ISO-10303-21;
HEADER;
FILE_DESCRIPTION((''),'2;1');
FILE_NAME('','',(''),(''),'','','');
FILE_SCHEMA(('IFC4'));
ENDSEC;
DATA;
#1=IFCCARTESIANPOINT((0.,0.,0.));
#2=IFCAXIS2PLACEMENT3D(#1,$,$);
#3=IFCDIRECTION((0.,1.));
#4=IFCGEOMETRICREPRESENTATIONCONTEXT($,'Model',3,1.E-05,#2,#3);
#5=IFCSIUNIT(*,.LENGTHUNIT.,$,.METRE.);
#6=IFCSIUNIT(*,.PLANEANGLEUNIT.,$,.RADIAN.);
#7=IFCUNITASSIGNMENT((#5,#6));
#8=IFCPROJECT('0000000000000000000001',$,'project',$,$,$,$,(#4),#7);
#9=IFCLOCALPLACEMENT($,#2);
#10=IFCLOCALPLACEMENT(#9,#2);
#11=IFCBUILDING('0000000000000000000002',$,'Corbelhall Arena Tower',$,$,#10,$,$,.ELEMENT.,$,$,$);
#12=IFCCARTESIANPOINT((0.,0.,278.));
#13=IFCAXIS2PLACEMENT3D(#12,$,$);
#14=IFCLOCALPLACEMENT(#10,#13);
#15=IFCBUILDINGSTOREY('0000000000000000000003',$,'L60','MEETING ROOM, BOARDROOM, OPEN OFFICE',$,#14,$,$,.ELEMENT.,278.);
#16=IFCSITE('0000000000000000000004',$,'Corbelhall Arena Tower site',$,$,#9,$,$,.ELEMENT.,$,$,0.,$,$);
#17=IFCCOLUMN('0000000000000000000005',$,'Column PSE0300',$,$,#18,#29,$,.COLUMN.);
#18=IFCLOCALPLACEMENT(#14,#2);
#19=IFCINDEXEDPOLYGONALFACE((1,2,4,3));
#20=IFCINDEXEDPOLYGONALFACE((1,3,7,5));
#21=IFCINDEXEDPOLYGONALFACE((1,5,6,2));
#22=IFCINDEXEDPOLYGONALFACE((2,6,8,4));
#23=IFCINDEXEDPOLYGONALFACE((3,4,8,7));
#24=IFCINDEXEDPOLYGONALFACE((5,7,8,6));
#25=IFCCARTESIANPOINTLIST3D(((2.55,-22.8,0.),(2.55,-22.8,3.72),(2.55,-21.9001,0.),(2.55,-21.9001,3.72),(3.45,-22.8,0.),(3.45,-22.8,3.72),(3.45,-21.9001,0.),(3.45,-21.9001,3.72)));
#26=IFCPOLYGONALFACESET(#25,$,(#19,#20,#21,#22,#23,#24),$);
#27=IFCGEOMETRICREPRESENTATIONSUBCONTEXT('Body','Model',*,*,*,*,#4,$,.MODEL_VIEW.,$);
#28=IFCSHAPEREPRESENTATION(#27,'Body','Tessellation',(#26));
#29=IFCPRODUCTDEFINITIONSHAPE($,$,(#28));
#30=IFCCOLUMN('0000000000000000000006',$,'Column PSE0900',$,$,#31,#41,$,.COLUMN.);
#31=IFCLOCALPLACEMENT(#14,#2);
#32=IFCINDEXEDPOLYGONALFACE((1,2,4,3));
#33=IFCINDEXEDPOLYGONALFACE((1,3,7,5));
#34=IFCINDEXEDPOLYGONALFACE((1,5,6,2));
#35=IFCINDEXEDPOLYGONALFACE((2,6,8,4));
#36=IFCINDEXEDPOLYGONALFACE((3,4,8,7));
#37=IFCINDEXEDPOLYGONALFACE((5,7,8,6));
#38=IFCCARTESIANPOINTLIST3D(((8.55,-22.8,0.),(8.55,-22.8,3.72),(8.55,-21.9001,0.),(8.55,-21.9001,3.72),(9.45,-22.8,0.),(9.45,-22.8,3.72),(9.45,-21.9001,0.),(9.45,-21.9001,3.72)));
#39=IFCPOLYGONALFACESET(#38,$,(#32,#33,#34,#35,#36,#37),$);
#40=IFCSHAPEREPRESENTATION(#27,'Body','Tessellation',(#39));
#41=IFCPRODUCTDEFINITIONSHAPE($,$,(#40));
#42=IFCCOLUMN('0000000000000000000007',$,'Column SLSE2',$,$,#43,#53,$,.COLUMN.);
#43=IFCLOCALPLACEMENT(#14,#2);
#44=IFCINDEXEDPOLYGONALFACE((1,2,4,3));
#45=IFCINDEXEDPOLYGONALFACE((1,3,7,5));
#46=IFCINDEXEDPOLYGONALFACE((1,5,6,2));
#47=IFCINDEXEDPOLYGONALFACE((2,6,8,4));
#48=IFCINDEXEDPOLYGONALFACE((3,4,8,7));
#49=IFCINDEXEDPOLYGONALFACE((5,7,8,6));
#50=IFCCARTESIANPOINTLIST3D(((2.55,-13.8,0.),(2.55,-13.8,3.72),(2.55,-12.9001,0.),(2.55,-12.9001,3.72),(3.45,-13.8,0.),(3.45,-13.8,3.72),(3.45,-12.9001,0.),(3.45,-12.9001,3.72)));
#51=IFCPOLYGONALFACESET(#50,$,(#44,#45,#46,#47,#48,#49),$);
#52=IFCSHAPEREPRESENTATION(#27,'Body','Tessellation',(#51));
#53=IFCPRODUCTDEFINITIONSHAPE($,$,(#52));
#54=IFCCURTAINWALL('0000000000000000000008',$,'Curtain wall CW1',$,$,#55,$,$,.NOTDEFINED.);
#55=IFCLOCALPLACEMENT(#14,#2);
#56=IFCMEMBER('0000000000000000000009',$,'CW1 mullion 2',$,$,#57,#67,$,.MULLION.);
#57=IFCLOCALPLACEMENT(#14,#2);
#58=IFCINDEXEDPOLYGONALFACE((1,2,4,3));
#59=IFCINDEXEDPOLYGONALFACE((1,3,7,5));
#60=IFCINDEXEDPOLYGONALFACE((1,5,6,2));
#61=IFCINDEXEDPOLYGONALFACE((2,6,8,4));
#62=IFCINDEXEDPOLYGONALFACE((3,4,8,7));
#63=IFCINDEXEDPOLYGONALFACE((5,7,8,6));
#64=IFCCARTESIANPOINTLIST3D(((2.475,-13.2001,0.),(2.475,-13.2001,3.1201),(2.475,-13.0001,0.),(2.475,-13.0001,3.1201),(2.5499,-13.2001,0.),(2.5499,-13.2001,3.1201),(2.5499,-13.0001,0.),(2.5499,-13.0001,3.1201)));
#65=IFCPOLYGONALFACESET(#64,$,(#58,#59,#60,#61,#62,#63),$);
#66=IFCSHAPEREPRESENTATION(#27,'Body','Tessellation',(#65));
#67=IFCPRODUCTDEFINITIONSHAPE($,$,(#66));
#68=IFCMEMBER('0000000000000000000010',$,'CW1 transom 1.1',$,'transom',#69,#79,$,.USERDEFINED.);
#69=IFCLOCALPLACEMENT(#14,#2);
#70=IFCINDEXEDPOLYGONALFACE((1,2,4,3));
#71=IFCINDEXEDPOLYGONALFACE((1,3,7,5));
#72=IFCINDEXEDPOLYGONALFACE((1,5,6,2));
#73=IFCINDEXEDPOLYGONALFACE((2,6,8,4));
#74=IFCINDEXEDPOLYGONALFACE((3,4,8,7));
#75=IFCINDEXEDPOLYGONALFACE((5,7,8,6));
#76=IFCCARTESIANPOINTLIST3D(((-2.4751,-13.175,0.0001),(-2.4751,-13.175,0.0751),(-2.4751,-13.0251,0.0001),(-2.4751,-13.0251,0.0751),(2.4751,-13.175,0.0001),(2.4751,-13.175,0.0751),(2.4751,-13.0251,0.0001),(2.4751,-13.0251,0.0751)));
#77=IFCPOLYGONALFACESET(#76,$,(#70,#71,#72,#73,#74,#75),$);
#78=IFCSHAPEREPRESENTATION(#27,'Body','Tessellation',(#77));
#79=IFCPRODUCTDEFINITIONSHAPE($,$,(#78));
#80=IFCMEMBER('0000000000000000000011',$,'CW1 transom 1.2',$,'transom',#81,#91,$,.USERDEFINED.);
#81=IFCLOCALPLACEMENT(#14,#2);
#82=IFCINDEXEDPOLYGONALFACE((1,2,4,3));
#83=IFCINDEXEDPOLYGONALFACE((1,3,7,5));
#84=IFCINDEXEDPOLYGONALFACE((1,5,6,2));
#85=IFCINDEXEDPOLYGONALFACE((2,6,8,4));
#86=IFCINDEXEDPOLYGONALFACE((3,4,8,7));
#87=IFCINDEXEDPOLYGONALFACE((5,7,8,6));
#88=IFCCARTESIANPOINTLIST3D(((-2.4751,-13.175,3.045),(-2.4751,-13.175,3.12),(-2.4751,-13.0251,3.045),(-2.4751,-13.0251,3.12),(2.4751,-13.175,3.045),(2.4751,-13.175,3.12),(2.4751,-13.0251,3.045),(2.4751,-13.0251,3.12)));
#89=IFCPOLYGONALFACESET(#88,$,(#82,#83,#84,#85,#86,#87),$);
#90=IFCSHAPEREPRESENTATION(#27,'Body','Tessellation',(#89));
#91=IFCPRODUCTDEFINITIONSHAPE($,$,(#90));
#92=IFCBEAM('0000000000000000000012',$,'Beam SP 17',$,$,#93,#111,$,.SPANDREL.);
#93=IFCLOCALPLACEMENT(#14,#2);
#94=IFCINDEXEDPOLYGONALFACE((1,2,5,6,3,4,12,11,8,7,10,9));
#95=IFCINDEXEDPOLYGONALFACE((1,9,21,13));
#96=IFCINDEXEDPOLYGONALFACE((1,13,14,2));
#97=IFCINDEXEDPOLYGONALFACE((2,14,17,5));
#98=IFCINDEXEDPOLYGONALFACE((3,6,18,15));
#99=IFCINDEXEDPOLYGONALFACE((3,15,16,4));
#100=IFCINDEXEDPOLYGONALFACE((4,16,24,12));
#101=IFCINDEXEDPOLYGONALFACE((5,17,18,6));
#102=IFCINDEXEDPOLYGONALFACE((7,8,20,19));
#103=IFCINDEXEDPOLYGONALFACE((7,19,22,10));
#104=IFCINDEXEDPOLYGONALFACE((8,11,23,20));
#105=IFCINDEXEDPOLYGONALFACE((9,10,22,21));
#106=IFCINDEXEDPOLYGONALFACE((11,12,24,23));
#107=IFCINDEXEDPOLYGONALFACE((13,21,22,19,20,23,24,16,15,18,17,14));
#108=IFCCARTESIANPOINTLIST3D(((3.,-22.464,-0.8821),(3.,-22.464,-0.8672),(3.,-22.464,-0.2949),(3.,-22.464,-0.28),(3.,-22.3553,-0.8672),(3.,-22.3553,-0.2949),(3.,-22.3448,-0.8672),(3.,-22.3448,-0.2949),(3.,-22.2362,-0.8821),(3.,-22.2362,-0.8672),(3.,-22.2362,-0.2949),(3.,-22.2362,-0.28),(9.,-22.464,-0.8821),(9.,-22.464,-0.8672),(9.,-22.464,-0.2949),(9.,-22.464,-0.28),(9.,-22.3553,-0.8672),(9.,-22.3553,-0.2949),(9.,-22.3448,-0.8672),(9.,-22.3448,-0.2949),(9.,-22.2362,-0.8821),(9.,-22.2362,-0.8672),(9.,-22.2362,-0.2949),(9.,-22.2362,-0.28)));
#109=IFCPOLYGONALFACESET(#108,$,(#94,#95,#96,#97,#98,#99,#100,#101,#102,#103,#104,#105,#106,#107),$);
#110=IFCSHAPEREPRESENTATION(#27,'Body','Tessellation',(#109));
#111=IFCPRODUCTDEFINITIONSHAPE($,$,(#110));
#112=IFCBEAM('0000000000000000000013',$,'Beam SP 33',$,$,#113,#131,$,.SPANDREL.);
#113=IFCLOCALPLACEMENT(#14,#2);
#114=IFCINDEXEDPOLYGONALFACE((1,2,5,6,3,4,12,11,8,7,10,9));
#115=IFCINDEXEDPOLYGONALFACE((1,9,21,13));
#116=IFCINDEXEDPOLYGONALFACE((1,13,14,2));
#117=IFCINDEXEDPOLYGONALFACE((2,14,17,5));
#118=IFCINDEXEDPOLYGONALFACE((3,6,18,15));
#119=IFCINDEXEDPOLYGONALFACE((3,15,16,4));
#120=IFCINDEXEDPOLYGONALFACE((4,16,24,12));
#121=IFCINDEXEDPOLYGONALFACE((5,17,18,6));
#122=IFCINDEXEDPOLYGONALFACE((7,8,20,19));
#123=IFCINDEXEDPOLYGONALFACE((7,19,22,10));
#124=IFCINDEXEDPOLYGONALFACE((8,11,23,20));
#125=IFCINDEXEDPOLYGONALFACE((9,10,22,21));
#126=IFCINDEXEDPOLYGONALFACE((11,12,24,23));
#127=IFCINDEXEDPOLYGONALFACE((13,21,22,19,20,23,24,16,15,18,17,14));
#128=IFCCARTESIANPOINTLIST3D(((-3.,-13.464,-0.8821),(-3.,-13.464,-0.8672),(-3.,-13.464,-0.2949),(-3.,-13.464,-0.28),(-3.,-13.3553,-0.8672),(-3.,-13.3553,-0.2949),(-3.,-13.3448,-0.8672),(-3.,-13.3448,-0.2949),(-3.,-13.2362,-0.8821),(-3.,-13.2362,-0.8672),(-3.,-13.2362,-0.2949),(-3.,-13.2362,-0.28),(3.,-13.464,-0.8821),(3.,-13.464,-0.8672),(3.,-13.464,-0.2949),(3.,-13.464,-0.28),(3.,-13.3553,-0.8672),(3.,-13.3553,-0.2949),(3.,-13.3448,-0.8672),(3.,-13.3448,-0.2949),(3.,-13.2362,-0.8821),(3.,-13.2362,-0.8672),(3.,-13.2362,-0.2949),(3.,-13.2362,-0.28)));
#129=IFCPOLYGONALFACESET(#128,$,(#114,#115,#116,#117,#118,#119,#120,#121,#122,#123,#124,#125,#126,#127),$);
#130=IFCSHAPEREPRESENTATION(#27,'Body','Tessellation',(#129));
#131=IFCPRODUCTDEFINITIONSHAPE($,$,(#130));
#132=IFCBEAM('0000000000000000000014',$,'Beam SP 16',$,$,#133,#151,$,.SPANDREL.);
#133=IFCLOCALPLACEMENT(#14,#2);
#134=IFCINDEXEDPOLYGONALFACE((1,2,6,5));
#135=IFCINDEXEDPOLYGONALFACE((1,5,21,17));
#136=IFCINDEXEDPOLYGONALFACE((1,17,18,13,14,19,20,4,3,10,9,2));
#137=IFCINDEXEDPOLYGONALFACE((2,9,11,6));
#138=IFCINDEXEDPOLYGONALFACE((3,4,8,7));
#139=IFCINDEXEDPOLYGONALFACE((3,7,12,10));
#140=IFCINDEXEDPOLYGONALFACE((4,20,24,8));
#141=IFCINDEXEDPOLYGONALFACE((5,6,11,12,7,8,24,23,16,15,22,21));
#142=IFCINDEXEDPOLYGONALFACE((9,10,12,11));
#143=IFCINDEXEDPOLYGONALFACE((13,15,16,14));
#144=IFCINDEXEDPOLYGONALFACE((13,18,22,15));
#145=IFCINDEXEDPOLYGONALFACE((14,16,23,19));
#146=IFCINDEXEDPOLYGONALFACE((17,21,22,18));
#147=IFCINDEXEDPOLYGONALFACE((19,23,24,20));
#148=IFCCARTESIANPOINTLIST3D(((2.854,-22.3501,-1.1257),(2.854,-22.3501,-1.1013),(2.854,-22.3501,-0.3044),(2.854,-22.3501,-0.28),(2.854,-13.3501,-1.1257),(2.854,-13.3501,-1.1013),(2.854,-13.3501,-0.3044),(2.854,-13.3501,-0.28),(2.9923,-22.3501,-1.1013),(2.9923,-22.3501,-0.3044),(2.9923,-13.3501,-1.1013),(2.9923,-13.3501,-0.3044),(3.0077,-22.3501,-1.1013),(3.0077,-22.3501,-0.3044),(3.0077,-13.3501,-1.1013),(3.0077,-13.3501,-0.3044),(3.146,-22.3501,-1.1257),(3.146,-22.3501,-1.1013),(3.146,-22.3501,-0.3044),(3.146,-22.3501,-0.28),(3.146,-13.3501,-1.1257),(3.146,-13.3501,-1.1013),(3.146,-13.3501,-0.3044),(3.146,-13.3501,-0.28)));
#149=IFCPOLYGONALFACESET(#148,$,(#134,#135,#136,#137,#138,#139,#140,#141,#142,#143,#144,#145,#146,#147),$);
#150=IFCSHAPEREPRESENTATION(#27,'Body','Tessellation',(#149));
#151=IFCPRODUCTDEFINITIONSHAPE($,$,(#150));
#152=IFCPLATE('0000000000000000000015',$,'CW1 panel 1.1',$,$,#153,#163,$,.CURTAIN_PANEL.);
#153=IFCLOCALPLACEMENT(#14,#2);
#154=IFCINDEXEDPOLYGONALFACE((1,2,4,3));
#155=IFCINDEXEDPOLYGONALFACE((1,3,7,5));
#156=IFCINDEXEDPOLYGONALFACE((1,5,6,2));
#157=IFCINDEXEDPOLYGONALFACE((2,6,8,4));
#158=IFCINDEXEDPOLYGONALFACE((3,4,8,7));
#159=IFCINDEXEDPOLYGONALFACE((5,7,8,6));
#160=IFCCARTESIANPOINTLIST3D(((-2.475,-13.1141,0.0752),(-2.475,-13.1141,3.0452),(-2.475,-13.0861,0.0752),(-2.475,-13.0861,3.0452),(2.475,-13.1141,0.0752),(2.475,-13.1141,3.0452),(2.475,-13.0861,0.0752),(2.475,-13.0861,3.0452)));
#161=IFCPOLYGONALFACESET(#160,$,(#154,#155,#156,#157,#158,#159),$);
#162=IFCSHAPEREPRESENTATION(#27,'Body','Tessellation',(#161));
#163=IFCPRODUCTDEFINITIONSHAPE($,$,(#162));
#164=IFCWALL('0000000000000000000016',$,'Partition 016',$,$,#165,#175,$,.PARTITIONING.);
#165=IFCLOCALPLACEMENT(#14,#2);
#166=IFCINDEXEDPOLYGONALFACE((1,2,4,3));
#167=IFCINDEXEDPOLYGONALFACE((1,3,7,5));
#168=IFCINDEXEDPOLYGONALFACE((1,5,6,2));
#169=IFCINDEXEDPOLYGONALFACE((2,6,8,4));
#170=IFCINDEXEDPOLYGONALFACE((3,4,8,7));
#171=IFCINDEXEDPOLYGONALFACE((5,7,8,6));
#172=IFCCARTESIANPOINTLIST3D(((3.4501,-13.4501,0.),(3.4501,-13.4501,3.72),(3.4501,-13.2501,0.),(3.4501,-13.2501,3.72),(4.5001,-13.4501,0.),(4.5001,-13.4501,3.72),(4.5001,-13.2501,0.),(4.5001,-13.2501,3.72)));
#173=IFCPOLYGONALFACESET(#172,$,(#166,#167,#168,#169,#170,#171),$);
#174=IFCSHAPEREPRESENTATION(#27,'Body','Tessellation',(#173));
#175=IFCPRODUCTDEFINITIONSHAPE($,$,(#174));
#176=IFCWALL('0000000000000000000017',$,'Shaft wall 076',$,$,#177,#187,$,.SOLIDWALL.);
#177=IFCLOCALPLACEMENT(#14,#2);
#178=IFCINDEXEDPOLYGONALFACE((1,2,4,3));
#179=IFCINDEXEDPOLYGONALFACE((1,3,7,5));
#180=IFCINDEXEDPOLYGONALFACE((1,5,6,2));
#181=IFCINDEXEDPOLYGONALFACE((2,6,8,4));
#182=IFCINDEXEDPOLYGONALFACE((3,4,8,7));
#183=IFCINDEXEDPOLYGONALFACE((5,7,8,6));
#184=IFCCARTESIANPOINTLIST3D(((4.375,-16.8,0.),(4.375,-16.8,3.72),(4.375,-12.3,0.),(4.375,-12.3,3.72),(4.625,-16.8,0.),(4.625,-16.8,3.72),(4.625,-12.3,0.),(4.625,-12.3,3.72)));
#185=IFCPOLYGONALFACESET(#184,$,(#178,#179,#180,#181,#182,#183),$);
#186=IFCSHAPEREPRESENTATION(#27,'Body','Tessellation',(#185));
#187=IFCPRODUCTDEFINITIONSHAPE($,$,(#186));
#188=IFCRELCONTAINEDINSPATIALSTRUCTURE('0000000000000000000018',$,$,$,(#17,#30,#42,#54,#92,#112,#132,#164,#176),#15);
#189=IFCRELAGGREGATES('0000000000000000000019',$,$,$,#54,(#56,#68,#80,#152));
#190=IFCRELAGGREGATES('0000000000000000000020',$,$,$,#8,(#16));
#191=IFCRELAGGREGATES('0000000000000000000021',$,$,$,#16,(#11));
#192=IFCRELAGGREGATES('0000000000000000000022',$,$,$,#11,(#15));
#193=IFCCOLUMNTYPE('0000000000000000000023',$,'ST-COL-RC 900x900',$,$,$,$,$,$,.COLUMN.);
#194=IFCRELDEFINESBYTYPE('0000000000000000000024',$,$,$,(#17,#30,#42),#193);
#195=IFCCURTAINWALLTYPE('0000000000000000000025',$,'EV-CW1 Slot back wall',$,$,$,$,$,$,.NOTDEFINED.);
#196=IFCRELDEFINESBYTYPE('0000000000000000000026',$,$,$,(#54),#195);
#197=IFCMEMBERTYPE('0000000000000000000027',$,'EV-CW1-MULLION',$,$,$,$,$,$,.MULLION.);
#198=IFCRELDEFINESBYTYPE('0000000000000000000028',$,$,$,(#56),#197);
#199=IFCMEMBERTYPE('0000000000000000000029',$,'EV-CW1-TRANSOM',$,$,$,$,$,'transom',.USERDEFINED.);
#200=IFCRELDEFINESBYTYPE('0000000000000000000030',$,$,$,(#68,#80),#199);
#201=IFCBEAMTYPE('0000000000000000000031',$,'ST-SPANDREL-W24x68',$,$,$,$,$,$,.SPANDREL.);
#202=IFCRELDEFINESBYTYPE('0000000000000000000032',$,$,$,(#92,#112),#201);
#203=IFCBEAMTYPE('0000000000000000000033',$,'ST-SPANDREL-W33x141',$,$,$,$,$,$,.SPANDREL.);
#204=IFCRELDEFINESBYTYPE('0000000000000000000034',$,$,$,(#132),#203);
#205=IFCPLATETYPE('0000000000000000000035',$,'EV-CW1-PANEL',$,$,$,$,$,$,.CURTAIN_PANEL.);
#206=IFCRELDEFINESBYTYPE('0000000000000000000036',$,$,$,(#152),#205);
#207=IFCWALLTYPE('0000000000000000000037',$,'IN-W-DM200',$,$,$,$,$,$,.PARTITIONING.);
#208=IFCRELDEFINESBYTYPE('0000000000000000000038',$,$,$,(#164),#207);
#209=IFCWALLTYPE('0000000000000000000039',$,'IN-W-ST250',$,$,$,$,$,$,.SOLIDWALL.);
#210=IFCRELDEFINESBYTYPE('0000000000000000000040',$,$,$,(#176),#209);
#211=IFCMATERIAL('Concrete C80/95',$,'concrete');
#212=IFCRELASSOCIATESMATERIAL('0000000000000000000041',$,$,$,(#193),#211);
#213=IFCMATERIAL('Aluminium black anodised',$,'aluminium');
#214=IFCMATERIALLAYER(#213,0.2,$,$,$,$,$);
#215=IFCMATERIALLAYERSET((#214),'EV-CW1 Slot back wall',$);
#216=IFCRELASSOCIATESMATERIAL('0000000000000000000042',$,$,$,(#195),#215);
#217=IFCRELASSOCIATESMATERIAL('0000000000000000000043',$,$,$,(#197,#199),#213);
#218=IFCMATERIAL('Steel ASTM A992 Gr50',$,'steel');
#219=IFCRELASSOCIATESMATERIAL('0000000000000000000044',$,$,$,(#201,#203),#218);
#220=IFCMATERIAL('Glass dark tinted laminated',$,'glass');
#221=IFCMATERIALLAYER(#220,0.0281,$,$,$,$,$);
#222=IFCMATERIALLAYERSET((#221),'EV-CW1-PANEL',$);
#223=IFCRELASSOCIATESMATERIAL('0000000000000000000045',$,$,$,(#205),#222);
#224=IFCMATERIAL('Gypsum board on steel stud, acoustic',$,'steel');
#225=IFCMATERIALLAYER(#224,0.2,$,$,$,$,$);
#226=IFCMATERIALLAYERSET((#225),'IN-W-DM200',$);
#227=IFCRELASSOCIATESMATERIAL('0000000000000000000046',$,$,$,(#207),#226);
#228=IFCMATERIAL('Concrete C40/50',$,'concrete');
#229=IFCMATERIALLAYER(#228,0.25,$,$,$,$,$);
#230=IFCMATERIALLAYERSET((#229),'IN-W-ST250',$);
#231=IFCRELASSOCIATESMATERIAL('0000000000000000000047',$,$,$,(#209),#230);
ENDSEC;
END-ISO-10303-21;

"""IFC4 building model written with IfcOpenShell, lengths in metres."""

from ifc_helpers import new_model, si_unit, direction, frame, frame_2d, origin, origin_2d, place, context, subcontext, project, spatial, rectangle, i_section, extrude, material, layer, layer_set, material_profile, profile_set, type_object, element, aggregate, save


model = new_model("IFC4")

# Units and contexts
model_context = context("Model", 3, precision=1e-05, world=origin(), true_north=direction((0.0, 1.0)))
body_context = subcontext(model_context, "Body", "Model", "MODEL_VIEW")
ifc_project = project(units=[si_unit("LENGTHUNIT", "METRE"), si_unit("PLANEANGLEUNIT", "RADIAN")], contexts=[model_context])

# Site, building, storey
site_placement = place(None, origin())
site = spatial("IfcSite", under=ifc_project, at=site_placement, Name="Corbelhall Arena Tower site", CompositionType="ELEMENT", RefElevation=0.0)
building_placement = place(site_placement, origin())
building = spatial("IfcBuilding", under=site, at=building_placement, Name="Corbelhall Arena Tower", CompositionType="ELEMENT")
storey_placement = place(building_placement, frame((0.0, 0.0, 278.0)))
storey = spatial("IfcBuildingStorey", under=building, at=storey_placement, Name="L60", Description="MEETING ROOM, BOARDROOM, OPEN OFFICE", CompositionType="ELEMENT", Elevation=278.0)

# Columns
ifc_material_1 = material(Name="Concrete C80/95", Category="concrete")
ifc_material_profile_1 = material_profile(ifc_material_1, rectangle(XDim=0.8999, YDim=0.8999, at=origin_2d()))
ifc_profile_set_1 = profile_set([ifc_material_profile_1], Name="Concrete C80/95")
column_type = type_object("IfcColumnType", Name="ST-COL-RC 900x900", PredefinedType="COLUMN", material=ifc_profile_set_1)
for number, where, z_axis, x_axis, name in (
    (1, (3.0, -22.3501, 0.0), (0.0, 0.0, 1.0), (1.0, 0.0, 0.0), "Column PSE0300"),
    (2, (9.0, -22.3501, 0.0), (0.0, 0.0, 1.0), (1.0, 0.0, 0.0), "Column PSE0900"),
    (3, (3.0, -13.3501, 0.0), (0.0, 0.0, 1.0), (1.0, 0.0, 0.0), "Column SLSE2"),
):
    element("IfcColumn", number, at=place(storey_placement, frame(where, z_axis=z_axis, x_axis=x_axis)), inside=storey, type_object=column_type, Name=name, PredefinedType="COLUMN", context=body_context, shape_type="SweptSolid", body=[
        extrude(rectangle(XDim=0.8999, YDim=0.8999, at=origin_2d()), origin(), (0.0, 0.0, 1.0), 3.72),
    ])

# Curtain wall, members
ifc_material_2 = material(Name="Aluminium black anodised", Category="aluminium")
ifc_layer_1 = layer(ifc_material_2, 0.2)
ifc_layer_set_1 = layer_set([ifc_layer_1], Name="EV-CW1 Slot back wall")
curtain_wall_type = type_object("IfcCurtainWallType", Name="EV-CW1 Slot back wall", PredefinedType="NOTDEFINED", material=ifc_layer_set_1)
curtain_wall_placement = place(storey_placement, origin())
curtain_wall = element("IfcCurtainWall", 4, at=curtain_wall_placement, inside=storey, type_object=curtain_wall_type, Name="Curtain wall CW1", PredefinedType="NOTDEFINED")
ifc_material_profile_2 = material_profile(ifc_material_2, rectangle(XDim=0.2, YDim=0.075, at=origin_2d()))
ifc_profile_set_2 = profile_set([ifc_material_profile_2], Name="Aluminium black anodised")
member_type_1 = type_object("IfcMemberType", Name="EV-CW1-MULLION", PredefinedType="MULLION", material=ifc_profile_set_2)
member_1_placement = place(storey_placement, frame((2.5125, -13.1001, 0.0), z_axis=(0.0, 0.0, 1.0), x_axis=(0.0, 1.0, 0.0)))
member_1 = element("IfcMember", 5, at=member_1_placement, type_object=member_type_1, Name="CW1 mullion 2", PredefinedType="MULLION", context=body_context, shape_type="SweptSolid", body=[
    extrude(rectangle(XDim=0.2, YDim=0.075, at=origin_2d()), origin(), (0.0, 0.0, 1.0), 3.1201),
])
ifc_material_profile_3 = material_profile(ifc_material_2, rectangle(XDim=0.1499, YDim=0.075, at=origin_2d()))
ifc_profile_set_3 = profile_set([ifc_material_profile_3], Name="Aluminium black anodised")
member_type_2 = type_object("IfcMemberType", Name="EV-CW1-TRANSOM", ElementType="transom", PredefinedType="USERDEFINED", material=ifc_profile_set_3)
member_2_placement = place(storey_placement, frame((-2.4751, -13.1001, 0.0376), z_axis=(1.0, 0.0, 0.0), x_axis=(0.0, 1.0, 0.0)))
member_2 = element("IfcMember", 6, at=member_2_placement, type_object=member_type_2, Name="CW1 transom 1.1", ObjectType="transom", PredefinedType="USERDEFINED", context=body_context, shape_type="SweptSolid", body=[
    extrude(rectangle(XDim=0.1499, YDim=0.075, at=origin_2d()), origin(), (0.0, 0.0, 1.0), 4.9502),
])
member_3_placement = place(storey_placement, frame((-2.4751, -13.1001, 3.0825), z_axis=(1.0, 0.0, 0.0), x_axis=(0.0, 1.0, 0.0)))
member_3 = element("IfcMember", 7, at=member_3_placement, type_object=member_type_2, Name="CW1 transom 1.2", ObjectType="transom", PredefinedType="USERDEFINED", context=body_context, shape_type="SweptSolid", body=[
    extrude(rectangle(XDim=0.1499, YDim=0.075, at=origin_2d()), origin(), (0.0, 0.0, 1.0), 4.9502),
])

# Beams
ifc_material_3 = material(Name="Steel ASTM A992 Gr50", Category="steel")
ifc_material_profile_4 = material_profile(ifc_material_3, i_section(OverallWidth=0.2278, OverallDepth=0.6021, WebThickness=0.0105, FlangeThickness=0.0149, at=origin_2d()))
ifc_profile_set_4 = profile_set([ifc_material_profile_4], Name="Steel ASTM A992 Gr50")
beam_type_1 = type_object("IfcBeamType", Name="ST-SPANDREL-W24x68", PredefinedType="SPANDREL", material=ifc_profile_set_4)
for number, where, z_axis, x_axis, name in (
    (8, (9.0, -22.3501, -0.5811), (-1.0, 0.0, 0.0), (0.0, -1.0, 0.0), "Beam SP 17"),
    (9, (3.0, -13.3501, -0.5811), (-1.0, 0.0, 0.0), (0.0, -1.0, 0.0), "Beam SP 33"),
):
    element("IfcBeam", number, at=place(storey_placement, frame(where, z_axis=z_axis, x_axis=x_axis)), inside=storey, type_object=beam_type_1, Name=name, PredefinedType="SPANDREL", context=body_context, shape_type="SweptSolid", body=[
        extrude(i_section(OverallWidth=0.2278, OverallDepth=0.6021, WebThickness=0.0105, FlangeThickness=0.0149, at=origin_2d()), origin(), (0.0, 0.0, 1.0), 6.0),
    ])
ifc_material_profile_5 = material_profile(ifc_material_3, i_section(OverallWidth=0.292, OverallDepth=0.8457, WebThickness=0.0154, FlangeThickness=0.0244, at=origin_2d()))
ifc_profile_set_5 = profile_set([ifc_material_profile_5], Name="Steel ASTM A992 Gr50")
beam_type_2 = type_object("IfcBeamType", Name="ST-SPANDREL-W33x141", PredefinedType="SPANDREL", material=ifc_profile_set_5)
beam_placement = place(storey_placement, frame((3.0, -22.3501, -0.7029), z_axis=(0.0, 1.0, 0.0), x_axis=(-1.0, 0.0, 0.0)))
element("IfcBeam", 10, at=beam_placement, inside=storey, type_object=beam_type_2, Name="Beam SP 16", PredefinedType="SPANDREL", context=body_context, shape_type="SweptSolid", body=[
    extrude(i_section(OverallWidth=0.292, OverallDepth=0.8457, WebThickness=0.0154, FlangeThickness=0.0244, at=origin_2d()), origin(), (0.0, 0.0, 1.0), 9.0),
])

# Plate
ifc_material_4 = material(Name="Glass dark tinted laminated", Category="glass")
ifc_layer_2 = layer(ifc_material_4, 0.0281)
ifc_layer_set_2 = layer_set([ifc_layer_2], Name="EV-CW1-PANEL")
plate_type = type_object("IfcPlateType", Name="EV-CW1-PANEL", PredefinedType="CURTAIN_PANEL", material=ifc_layer_set_2)
plate_placement = place(storey_placement, frame((0.0, -13.1001, 0.0752), z_axis=(0.0, 0.0, 1.0), x_axis=(1.0, 0.0, 0.0)))
plate = element("IfcPlate", 11, at=plate_placement, type_object=plate_type, Name="CW1 panel 1.1", PredefinedType="CURTAIN_PANEL", context=body_context, shape_type="SweptSolid", body=[
    extrude(rectangle(XDim=4.95, YDim=0.0281, at=origin_2d()), origin(), (0.0, 0.0, 1.0), 2.97),
])
aggregate(curtain_wall, [member_1, member_2, member_3, plate])

# Wall
ifc_material_5 = material(Name="Gypsum board on steel stud, acoustic", Category="steel")
ifc_layer_3 = layer(ifc_material_5, 0.2)
ifc_layer_set_3 = layer_set([ifc_layer_3], Name="IN-W-DM200")
wall_type_1 = type_object("IfcWallType", Name="IN-W-DM200", PredefinedType="PARTITIONING", material=ifc_layer_set_3)
wall_1_placement = place(storey_placement, frame((4.5, -13.3501, 0.0), z_axis=(0.0, 0.0, 1.0), x_axis=(-1.0, 0.0, 0.0)))
element("IfcWall", 12, at=wall_1_placement, inside=storey, type_object=wall_type_1, Name="Partition 016", PredefinedType="PARTITIONING", context=body_context, shape_type="SweptSolid", body=[
    extrude(rectangle(XDim=1.05, YDim=0.2, at=frame_2d((0.5249, 0.0))), origin(), (0.0, 0.0, 1.0), 3.72),
])

# Wall
ifc_material_6 = material(Name="Concrete C40/50", Category="concrete")
ifc_layer_4 = layer(ifc_material_6, 0.25)
ifc_layer_set_4 = layer_set([ifc_layer_4], Name="IN-W-ST250")
wall_type_2 = type_object("IfcWallType", Name="IN-W-ST250", PredefinedType="SOLIDWALL", material=ifc_layer_set_4)
wall_2_placement = place(storey_placement, frame((4.5, -16.8, 0.0), z_axis=(0.0, 0.0, 1.0), x_axis=(0.0, 1.0, 0.0)))
element("IfcWall", 13, at=wall_2_placement, inside=storey, type_object=wall_type_2, Name="Shaft wall 076", PredefinedType="SOLIDWALL", context=body_context, shape_type="SweptSolid", body=[
    extrude(rectangle(XDim=4.5, YDim=0.25, at=frame_2d((2.25, 0.0))), origin(), (0.0, 0.0, 1.0), 3.72),
])

save(model, "model.ifc")
